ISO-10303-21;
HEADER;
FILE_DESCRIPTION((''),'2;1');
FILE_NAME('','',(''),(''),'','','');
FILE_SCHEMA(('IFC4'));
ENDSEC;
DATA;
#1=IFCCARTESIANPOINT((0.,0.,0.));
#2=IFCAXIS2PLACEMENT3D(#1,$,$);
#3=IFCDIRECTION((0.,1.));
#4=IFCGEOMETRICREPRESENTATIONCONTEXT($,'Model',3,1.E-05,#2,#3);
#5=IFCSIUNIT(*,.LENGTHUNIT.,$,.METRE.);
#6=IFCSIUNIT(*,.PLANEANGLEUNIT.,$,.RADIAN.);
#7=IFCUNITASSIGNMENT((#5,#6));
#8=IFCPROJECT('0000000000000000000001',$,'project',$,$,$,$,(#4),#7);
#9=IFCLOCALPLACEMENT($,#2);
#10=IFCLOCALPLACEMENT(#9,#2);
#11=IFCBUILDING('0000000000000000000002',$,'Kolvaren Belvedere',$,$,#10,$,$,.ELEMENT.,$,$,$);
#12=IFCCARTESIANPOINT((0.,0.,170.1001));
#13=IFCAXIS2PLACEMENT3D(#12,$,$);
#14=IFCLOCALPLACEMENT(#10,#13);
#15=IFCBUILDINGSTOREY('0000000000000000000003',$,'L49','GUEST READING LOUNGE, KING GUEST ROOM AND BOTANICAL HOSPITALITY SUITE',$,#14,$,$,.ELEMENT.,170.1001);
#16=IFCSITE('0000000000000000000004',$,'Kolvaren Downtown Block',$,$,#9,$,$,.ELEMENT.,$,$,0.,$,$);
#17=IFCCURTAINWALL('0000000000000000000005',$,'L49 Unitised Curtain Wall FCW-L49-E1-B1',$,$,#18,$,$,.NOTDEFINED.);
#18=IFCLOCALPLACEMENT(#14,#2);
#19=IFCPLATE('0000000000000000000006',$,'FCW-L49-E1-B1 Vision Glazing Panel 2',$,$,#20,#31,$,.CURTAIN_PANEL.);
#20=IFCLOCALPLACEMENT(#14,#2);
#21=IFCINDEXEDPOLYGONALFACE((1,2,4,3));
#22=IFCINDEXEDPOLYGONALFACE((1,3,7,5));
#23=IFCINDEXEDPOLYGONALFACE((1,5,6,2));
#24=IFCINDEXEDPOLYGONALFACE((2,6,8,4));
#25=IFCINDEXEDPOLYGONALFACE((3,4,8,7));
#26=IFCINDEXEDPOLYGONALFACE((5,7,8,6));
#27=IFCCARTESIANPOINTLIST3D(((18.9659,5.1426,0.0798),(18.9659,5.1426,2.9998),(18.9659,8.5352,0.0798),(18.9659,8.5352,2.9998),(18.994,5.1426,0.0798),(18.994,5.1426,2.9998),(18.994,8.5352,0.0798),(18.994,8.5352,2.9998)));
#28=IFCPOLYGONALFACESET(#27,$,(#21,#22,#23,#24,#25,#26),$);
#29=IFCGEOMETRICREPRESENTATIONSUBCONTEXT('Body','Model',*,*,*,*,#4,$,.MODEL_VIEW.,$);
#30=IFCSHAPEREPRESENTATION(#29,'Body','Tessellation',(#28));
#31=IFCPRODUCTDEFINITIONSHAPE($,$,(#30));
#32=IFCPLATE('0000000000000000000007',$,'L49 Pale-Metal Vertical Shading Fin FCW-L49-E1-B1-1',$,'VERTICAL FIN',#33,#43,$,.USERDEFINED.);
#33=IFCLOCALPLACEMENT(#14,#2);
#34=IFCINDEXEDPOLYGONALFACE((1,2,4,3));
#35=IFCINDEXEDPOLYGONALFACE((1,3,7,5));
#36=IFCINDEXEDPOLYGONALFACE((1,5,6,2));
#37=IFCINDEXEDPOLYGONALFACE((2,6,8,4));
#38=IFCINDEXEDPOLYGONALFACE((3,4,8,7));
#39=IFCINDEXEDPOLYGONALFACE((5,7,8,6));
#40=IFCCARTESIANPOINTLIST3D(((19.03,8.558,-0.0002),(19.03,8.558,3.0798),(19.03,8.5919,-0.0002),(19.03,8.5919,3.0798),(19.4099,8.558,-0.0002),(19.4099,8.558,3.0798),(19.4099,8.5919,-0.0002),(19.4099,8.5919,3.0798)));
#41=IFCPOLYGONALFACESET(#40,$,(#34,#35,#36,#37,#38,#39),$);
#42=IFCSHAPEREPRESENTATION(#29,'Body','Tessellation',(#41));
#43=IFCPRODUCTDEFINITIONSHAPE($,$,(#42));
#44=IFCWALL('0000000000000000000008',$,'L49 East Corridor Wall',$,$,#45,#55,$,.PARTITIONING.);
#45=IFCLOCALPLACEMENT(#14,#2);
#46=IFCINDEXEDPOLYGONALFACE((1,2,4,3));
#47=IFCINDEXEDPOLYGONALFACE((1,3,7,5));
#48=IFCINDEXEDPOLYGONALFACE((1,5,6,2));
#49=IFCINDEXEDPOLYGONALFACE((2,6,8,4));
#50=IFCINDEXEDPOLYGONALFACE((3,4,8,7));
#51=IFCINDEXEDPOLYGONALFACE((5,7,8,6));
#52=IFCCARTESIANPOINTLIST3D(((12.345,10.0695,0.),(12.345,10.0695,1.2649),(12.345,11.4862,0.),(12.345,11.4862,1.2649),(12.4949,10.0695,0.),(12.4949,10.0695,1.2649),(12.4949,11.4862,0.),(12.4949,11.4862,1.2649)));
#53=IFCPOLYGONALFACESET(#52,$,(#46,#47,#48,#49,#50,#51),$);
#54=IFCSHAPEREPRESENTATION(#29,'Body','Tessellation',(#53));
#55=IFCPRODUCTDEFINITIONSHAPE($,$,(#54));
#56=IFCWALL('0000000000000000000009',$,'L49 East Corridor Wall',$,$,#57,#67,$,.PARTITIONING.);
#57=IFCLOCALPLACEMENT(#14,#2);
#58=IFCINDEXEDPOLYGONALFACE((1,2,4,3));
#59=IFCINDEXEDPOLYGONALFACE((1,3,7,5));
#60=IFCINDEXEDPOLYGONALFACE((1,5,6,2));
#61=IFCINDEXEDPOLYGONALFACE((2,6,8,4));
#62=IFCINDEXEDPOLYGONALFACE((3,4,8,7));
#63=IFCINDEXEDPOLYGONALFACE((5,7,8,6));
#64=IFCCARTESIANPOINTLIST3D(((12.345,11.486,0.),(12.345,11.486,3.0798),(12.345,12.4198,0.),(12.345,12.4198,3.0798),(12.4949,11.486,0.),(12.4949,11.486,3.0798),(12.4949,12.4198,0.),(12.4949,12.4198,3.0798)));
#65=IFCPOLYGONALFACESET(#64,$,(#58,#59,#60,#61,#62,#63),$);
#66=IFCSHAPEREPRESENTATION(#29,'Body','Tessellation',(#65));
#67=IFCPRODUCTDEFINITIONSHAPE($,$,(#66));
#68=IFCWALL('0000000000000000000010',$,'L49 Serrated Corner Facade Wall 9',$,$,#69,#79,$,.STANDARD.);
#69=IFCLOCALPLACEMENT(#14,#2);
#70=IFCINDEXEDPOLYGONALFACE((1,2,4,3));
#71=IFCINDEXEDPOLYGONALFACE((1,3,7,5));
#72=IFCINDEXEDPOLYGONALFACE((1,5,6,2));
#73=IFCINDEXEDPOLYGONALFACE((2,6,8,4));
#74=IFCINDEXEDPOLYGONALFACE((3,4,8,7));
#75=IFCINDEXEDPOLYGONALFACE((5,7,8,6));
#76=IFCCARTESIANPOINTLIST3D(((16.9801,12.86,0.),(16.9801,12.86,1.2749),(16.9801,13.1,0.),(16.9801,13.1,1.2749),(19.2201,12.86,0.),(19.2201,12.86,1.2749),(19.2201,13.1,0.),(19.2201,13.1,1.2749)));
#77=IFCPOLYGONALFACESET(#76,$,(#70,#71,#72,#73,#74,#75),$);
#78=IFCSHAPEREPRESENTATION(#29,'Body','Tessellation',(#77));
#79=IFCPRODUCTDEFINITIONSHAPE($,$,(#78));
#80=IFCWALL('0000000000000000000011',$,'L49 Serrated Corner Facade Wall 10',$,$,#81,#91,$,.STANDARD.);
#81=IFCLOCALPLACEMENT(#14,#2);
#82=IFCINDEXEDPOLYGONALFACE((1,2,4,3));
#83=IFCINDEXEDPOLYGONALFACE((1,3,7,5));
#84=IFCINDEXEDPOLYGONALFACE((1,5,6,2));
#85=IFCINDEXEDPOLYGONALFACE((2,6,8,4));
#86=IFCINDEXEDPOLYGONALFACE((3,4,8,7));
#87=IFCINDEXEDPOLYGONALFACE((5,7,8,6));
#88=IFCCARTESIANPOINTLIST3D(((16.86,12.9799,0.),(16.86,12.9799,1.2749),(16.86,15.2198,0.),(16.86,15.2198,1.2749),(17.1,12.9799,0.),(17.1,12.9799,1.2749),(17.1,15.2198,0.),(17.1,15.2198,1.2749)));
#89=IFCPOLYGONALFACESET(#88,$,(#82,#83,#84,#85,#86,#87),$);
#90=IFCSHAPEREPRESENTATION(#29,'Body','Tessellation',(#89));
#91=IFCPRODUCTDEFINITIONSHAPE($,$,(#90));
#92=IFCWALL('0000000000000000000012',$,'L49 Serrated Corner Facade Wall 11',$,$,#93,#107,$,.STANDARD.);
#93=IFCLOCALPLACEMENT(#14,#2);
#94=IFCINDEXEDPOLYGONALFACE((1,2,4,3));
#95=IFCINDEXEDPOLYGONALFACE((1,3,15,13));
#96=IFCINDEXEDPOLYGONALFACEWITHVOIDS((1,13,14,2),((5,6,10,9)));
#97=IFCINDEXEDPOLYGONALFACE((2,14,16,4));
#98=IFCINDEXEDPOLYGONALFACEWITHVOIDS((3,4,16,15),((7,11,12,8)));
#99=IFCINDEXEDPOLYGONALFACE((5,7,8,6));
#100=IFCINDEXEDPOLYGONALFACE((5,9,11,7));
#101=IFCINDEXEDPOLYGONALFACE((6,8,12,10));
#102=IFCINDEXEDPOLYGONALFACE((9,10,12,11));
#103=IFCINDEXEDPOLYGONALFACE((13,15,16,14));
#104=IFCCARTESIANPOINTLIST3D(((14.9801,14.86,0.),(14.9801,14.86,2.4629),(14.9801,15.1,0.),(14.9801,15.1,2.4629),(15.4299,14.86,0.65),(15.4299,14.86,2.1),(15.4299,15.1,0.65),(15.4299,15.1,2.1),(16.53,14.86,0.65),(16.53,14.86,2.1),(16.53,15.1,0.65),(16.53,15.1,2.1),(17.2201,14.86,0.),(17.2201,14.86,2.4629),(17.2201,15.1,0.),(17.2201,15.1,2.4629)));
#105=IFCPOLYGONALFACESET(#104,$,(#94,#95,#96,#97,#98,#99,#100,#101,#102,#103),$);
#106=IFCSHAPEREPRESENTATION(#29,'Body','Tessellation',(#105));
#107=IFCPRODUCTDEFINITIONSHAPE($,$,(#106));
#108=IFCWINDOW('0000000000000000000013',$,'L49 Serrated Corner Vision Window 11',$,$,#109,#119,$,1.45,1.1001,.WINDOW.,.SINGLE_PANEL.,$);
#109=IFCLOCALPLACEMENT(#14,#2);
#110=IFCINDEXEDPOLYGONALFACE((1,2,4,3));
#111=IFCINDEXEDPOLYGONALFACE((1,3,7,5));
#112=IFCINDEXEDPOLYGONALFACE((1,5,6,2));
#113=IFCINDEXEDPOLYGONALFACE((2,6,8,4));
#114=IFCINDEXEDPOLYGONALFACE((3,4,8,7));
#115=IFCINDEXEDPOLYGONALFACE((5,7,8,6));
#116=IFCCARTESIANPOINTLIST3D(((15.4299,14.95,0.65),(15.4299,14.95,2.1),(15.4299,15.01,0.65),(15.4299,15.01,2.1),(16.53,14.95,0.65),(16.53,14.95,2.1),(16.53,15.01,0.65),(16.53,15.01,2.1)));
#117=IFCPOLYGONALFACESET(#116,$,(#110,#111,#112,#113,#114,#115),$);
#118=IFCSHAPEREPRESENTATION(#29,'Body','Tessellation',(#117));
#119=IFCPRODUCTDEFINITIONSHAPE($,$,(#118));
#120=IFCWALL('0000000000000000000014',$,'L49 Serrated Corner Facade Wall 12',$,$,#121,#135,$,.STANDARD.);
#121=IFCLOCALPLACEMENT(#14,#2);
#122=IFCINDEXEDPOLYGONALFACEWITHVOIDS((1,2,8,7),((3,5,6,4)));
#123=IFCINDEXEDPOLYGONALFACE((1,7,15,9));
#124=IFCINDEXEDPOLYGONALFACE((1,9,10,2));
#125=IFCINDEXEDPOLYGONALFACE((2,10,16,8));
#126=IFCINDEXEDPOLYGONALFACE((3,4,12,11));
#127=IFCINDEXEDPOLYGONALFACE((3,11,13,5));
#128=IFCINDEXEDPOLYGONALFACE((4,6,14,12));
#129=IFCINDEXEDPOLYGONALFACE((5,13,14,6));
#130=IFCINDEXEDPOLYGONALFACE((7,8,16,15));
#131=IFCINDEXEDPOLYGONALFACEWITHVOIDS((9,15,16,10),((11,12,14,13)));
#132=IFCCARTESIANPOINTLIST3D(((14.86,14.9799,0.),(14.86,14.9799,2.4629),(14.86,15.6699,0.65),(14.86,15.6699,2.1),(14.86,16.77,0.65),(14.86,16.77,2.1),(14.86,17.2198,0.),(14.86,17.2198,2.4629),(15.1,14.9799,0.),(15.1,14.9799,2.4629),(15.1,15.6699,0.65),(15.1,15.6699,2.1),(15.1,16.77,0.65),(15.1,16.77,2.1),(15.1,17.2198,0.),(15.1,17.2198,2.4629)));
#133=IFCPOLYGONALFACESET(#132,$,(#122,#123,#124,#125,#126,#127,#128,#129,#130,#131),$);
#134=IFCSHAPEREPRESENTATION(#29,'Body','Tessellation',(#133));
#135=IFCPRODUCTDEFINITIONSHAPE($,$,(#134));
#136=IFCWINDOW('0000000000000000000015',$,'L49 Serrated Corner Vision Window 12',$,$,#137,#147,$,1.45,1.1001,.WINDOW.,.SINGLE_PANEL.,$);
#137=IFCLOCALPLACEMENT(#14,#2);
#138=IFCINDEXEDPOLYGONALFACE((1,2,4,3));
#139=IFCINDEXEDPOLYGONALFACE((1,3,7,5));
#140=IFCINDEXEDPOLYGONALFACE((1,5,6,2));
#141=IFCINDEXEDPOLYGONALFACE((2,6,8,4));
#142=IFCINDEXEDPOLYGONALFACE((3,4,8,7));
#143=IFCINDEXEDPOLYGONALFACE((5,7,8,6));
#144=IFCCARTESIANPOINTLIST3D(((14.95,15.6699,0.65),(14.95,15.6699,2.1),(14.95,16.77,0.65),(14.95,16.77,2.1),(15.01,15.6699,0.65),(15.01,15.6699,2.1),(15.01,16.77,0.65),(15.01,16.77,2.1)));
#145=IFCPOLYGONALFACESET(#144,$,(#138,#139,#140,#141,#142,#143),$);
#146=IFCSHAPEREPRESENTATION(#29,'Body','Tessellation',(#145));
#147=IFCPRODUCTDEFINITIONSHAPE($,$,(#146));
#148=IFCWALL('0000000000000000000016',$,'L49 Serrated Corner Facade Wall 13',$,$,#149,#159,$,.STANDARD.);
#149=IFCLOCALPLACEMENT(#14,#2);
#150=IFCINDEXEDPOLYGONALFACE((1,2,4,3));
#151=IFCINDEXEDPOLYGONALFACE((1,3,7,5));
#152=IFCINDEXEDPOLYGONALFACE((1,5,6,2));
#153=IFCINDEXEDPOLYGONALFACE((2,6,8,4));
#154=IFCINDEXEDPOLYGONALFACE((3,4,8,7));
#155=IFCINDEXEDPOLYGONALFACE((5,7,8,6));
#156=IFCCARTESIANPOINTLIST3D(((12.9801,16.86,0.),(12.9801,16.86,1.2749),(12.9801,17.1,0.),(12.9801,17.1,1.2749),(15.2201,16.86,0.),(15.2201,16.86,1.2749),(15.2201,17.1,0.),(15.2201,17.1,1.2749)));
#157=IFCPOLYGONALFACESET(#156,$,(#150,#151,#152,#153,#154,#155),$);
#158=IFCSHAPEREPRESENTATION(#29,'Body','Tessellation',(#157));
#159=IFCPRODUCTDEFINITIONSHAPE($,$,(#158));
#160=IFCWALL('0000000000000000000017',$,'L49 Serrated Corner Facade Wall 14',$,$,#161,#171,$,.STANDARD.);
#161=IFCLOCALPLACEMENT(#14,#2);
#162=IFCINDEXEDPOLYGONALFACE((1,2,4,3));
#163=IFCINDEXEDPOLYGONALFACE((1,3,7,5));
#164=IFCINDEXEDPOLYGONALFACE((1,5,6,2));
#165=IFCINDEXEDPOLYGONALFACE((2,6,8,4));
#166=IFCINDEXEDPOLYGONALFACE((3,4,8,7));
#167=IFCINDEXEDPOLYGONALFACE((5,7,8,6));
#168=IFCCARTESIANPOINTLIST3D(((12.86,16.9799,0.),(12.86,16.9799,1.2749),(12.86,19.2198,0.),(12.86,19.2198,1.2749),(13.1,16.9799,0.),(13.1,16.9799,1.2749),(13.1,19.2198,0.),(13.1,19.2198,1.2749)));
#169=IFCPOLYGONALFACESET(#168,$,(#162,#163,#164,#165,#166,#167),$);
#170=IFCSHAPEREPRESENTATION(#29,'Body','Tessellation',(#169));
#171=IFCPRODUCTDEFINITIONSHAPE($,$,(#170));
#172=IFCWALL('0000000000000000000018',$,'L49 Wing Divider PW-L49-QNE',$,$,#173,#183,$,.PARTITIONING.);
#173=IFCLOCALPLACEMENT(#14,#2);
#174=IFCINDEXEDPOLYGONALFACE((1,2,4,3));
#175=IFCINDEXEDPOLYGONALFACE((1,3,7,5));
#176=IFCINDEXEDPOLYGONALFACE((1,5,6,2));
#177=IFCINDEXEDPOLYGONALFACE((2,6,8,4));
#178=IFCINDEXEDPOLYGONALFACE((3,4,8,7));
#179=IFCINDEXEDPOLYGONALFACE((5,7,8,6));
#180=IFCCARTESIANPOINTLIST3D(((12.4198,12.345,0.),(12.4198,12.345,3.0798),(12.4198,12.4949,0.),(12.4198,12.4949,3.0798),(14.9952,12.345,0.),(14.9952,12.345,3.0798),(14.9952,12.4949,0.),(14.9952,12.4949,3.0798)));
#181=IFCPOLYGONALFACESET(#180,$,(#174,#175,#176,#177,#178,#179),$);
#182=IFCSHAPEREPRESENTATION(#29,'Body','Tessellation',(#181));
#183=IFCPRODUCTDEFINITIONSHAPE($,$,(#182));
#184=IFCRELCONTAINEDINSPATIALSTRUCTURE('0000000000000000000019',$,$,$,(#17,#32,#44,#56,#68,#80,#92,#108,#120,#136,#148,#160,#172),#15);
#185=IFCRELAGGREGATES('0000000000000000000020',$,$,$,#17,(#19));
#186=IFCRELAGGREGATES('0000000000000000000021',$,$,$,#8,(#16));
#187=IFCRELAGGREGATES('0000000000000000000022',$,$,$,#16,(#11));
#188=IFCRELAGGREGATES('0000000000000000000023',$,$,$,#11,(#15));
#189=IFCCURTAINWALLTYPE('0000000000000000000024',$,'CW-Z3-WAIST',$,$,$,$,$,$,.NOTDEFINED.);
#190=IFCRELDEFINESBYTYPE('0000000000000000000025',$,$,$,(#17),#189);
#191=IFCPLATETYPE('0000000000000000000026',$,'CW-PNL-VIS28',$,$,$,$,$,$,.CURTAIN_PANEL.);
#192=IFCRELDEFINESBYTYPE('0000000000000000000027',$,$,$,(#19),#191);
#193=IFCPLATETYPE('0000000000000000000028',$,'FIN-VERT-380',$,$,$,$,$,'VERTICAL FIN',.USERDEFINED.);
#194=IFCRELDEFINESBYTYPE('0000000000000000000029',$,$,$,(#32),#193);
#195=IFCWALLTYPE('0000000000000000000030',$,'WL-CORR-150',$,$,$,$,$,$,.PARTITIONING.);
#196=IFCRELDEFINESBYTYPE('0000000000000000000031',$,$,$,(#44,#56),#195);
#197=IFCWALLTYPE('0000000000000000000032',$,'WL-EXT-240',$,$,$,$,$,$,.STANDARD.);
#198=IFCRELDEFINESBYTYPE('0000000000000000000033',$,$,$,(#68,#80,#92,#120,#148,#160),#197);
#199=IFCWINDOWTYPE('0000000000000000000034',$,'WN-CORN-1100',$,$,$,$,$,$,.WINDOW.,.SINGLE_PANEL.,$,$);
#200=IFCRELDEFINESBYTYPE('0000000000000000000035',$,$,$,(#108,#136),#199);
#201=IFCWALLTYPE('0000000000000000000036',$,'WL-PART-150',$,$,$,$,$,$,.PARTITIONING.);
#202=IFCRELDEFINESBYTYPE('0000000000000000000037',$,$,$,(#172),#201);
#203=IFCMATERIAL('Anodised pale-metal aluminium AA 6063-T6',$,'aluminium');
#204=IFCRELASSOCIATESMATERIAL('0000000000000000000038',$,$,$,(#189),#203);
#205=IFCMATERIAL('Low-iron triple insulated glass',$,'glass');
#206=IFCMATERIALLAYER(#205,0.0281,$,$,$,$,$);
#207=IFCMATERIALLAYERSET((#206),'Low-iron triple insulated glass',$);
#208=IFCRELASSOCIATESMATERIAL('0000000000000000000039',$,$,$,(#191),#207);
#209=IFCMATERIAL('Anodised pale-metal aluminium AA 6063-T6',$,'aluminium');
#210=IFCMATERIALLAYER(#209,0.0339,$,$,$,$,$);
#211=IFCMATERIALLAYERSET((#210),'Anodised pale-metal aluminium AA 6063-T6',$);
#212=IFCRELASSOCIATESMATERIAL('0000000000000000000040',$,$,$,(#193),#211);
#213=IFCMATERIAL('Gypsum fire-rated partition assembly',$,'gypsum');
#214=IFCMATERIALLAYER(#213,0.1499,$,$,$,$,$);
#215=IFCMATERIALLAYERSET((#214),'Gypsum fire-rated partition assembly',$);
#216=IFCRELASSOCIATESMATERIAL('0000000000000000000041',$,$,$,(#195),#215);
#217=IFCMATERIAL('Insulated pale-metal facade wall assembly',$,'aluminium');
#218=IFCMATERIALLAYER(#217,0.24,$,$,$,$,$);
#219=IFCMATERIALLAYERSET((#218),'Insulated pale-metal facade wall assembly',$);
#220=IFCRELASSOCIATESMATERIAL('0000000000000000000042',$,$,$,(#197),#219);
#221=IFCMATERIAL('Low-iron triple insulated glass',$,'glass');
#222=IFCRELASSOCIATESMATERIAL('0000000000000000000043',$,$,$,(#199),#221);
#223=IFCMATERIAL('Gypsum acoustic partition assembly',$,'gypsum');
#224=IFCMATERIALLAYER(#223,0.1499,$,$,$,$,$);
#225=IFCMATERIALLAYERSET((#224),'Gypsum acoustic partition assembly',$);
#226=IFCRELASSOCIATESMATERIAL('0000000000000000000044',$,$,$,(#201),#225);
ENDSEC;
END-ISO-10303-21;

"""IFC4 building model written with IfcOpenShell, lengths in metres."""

from ifc_helpers import new_model, si_unit, direction, frame, frame_2d, origin, origin_2d, place, context, subcontext, project, spatial, rectangle, extrude, material, layer, layer_set, type_object, element, fill, aggregate, save


model = new_model("IFC4")

# Units and contexts
model_context = context("Model", 3, precision=1e-05, world=origin(), true_north=direction((0.0, 1.0)))
body_context = subcontext(model_context, "Body", "Model", "MODEL_VIEW")
ifc_project = project(units=[si_unit("LENGTHUNIT", "METRE"), si_unit("PLANEANGLEUNIT", "RADIAN")], contexts=[model_context])

# Site, building, storey
site_placement = place(None, origin())
site = spatial("IfcSite", under=ifc_project, at=site_placement, Name="Kolvaren Downtown Block", CompositionType="ELEMENT", RefElevation=0.0)
building_placement = place(site_placement, origin())
building = spatial("IfcBuilding", under=site, at=building_placement, Name="Kolvaren Belvedere", CompositionType="ELEMENT")
storey_placement = place(building_placement, frame((0.0, 0.0, 170.1001)))
storey = spatial("IfcBuildingStorey", under=building, at=storey_placement, Name="L49", Description="GUEST READING LOUNGE, KING GUEST ROOM AND BOTANICAL HOSPITALITY SUITE", CompositionType="ELEMENT", Elevation=170.1001)

# Curtain wall, plate
ifc_material_1 = material(Name="Anodised pale-metal aluminium AA 6063-T6", Category="aluminium")
curtain_wall_type = type_object("IfcCurtainWallType", Name="CW-Z3-WAIST", PredefinedType="NOTDEFINED", material=ifc_material_1)
curtain_wall_placement = place(storey_placement, origin())
curtain_wall = element("IfcCurtainWall", 1, at=curtain_wall_placement, inside=storey, type_object=curtain_wall_type, Name="L49 Unitised Curtain Wall FCW-L49-E1-B1", PredefinedType="NOTDEFINED")
ifc_material_2 = material(Name="Low-iron triple insulated glass", Category="glass")
ifc_layer_1 = layer(ifc_material_2, 0.0281)
ifc_layer_set_1 = layer_set([ifc_layer_1], Name="Low-iron triple insulated glass")
plate_type_1 = type_object("IfcPlateType", Name="CW-PNL-VIS28", PredefinedType="CURTAIN_PANEL", material=ifc_layer_set_1)
plate_1_placement = place(storey_placement, frame((18.98, 6.8389, 0.0798), z_axis=(0.0, 0.0, 1.0), x_axis=(0.0, -1.0, 0.0)))
plate_1 = element("IfcPlate", 2, at=plate_1_placement, type_object=plate_type_1, Name="FCW-L49-E1-B1 Vision Glazing Panel 2", PredefinedType="CURTAIN_PANEL", context=body_context, shape_type="SweptSolid", body=[
    extrude(rectangle(XDim=3.3926, YDim=0.0281, at=origin_2d()), origin(), (0.0, 0.0, 1.0), 2.9199),
])
aggregate(curtain_wall, [plate_1])

# Plate
ifc_material_3 = material(Name="Anodised pale-metal aluminium AA 6063-T6", Category="aluminium")
ifc_layer_2 = layer(ifc_material_3, 0.0339)
ifc_layer_set_2 = layer_set([ifc_layer_2], Name="Anodised pale-metal aluminium AA 6063-T6")
plate_type_2 = type_object("IfcPlateType", Name="FIN-VERT-380", ElementType="VERTICAL FIN", PredefinedType="USERDEFINED", material=ifc_layer_set_2)
plate_2_placement = place(storey_placement, frame((19.22, 8.575, -0.0002), z_axis=(0.0, 0.0, 1.0), x_axis=(1.0, 0.0, 0.0)))
element("IfcPlate", 3, at=plate_2_placement, inside=storey, type_object=plate_type_2, Name="L49 Pale-Metal Vertical Shading Fin FCW-L49-E1-B1-1", ObjectType="VERTICAL FIN", PredefinedType="USERDEFINED", context=body_context, shape_type="SweptSolid", body=[
    extrude(rectangle(XDim=0.3799, YDim=0.0339, at=origin_2d()), origin(), (0.0, 0.0, 1.0), 3.0801),
])

# Walls
ifc_material_4 = material(Name="Gypsum fire-rated partition assembly", Category="gypsum")
ifc_layer_3 = layer(ifc_material_4, 0.1499)
ifc_layer_set_3 = layer_set([ifc_layer_3], Name="Gypsum fire-rated partition assembly")
wall_type_1 = type_object("IfcWallType", Name="WL-CORR-150", PredefinedType="PARTITIONING", material=ifc_layer_set_3)
wall_1_placement = place(storey_placement, frame((12.4199, 10.0693, 0.0), z_axis=(0.0, 0.0, 1.0), x_axis=(0.0, 1.0, 0.0)))
element("IfcWall", 4, at=wall_1_placement, inside=storey, type_object=wall_type_1, Name="L49 East Corridor Wall", PredefinedType="PARTITIONING", context=body_context, shape_type="SweptSolid", body=[
    extrude(rectangle(XDim=1.4167, YDim=0.1499, at=frame_2d((0.7085, 0.0))), origin(), (0.0, 0.0, 1.0), 1.2649),
])
wall_2_placement = place(storey_placement, frame((12.4199, 11.4861, 0.0), z_axis=(0.0, 0.0, 1.0), x_axis=(0.0, 1.0, 0.0)))
element("IfcWall", 5, at=wall_2_placement, inside=storey, type_object=wall_type_1, Name="L49 East Corridor Wall", PredefinedType="PARTITIONING", context=body_context, shape_type="SweptSolid", body=[
    extrude(rectangle(XDim=0.9338, YDim=0.1499, at=frame_2d((0.4668, 0.0))), origin(), (0.0, 0.0, 1.0), 3.0798),
])
ifc_material_5 = material(Name="Insulated pale-metal facade wall assembly", Category="aluminium")
ifc_layer_4 = layer(ifc_material_5, 0.24)
ifc_layer_set_4 = layer_set([ifc_layer_4], Name="Insulated pale-metal facade wall assembly")
wall_type_2 = type_object("IfcWallType", Name="WL-EXT-240", PredefinedType="STANDARD", material=ifc_layer_set_4)
for number, where, z_axis, x_axis, name in (
    (6, (16.98, 12.98, 0.0), (0.0, 0.0, 1.0), (1.0, 0.0, 0.0), "L49 Serrated Corner Facade Wall 9"),
    (7, (16.98, 15.22, 0.0), (0.0, 0.0, 1.0), (0.0, -1.0, 0.0), "L49 Serrated Corner Facade Wall 10"),
):
    element("IfcWall", number, at=place(storey_placement, frame(where, z_axis=z_axis, x_axis=x_axis)), inside=storey, type_object=wall_type_2, Name=name, PredefinedType="STANDARD", context=body_context, shape_type="SweptSolid", body=[
        extrude(rectangle(XDim=2.24, YDim=0.24, at=frame_2d((1.1201, 0.0))), origin(), (0.0, 0.0, 1.0), 1.2749),
    ])

# Walls, openings, windows
wall_3_placement = place(storey_placement, frame((14.98, 14.98, 0.0), z_axis=(0.0, 0.0, 1.0), x_axis=(1.0, 0.0, 0.0)))
wall_3 = element("IfcWall", 8, at=wall_3_placement, inside=storey, type_object=wall_type_2, Name="L49 Serrated Corner Facade Wall 11", PredefinedType="STANDARD", context=body_context, shape_type="SweptSolid", body=[
    extrude(rectangle(XDim=2.24, YDim=0.24, at=frame_2d((1.1201, 0.0))), origin(), (0.0, 0.0, 1.0), 2.4629),
])
opening_1_placement = place(wall_3_placement, frame((0.45, 0.0, 0.6499)))
opening_1 = element("IfcOpeningElement", 9, at=opening_1_placement, cuts=wall_3, PredefinedType="OPENING", context=body_context, shape_type="SweptSolid", body=[
    extrude(rectangle(XDim=1.1001, YDim=1.45, at=frame_2d((0.55, 0.7251))), frame((0.0, 0.1299, 0.0), z_axis=(0.0, -1.0, 0.0), x_axis=(1.0, 0.0, 0.0)), (0.0, 0.0, 1.0), 0.26),
])
ifc_material_6 = material(Name="Low-iron triple insulated glass", Category="glass")
window_type = type_object("IfcWindowType", Name="WN-CORN-1100", PartitioningType="SINGLE_PANEL", PredefinedType="WINDOW", material=ifc_material_6)
window_1_placement = place(opening_1_placement, origin())
window_1 = element("IfcWindow", 10, at=window_1_placement, inside=storey, type_object=window_type, Name="L49 Serrated Corner Vision Window 11", OverallHeight=1.45, OverallWidth=1.1001, PartitioningType="SINGLE_PANEL", PredefinedType="WINDOW", context=body_context, shape_type="SweptSolid", body=[
    extrude(rectangle(XDim=1.1001, YDim=1.45, at=frame_2d((0.55, 0.7251))), frame((0.0, 0.03, 0.0), z_axis=(0.0, -1.0, 0.0), x_axis=(1.0, 0.0, 0.0)), (0.0, 0.0, 1.0), 0.0601),
])
fill(opening_1, window_1)
wall_4_placement = place(storey_placement, frame((14.98, 17.22, 0.0), z_axis=(0.0, 0.0, 1.0), x_axis=(0.0, -1.0, 0.0)))
wall_4 = element("IfcWall", 11, at=wall_4_placement, inside=storey, type_object=wall_type_2, Name="L49 Serrated Corner Facade Wall 12", PredefinedType="STANDARD", context=body_context, shape_type="SweptSolid", body=[
    extrude(rectangle(XDim=2.24, YDim=0.24, at=frame_2d((1.1201, 0.0))), origin(), (0.0, 0.0, 1.0), 2.4629),
])
opening_2_placement = place(wall_4_placement, frame((0.45, 0.0, 0.6499)))
opening_2 = element("IfcOpeningElement", 12, at=opening_2_placement, cuts=wall_4, PredefinedType="OPENING", context=body_context, shape_type="SweptSolid", body=[
    extrude(rectangle(XDim=1.1001, YDim=1.45, at=frame_2d((0.55, 0.7251))), frame((0.0, 0.1299, 0.0), z_axis=(0.0, -1.0, 0.0), x_axis=(1.0, 0.0, 0.0)), (0.0, 0.0, 1.0), 0.26),
])
window_2_placement = place(opening_2_placement, origin())
window_2 = element("IfcWindow", 13, at=window_2_placement, inside=storey, type_object=window_type, Name="L49 Serrated Corner Vision Window 12", OverallHeight=1.45, OverallWidth=1.1001, PartitioningType="SINGLE_PANEL", PredefinedType="WINDOW", context=body_context, shape_type="SweptSolid", body=[
    extrude(rectangle(XDim=1.1001, YDim=1.45, at=frame_2d((0.55, 0.7251))), frame((0.0, 0.03, 0.0), z_axis=(0.0, -1.0, 0.0), x_axis=(1.0, 0.0, 0.0)), (0.0, 0.0, 1.0), 0.0601),
])
fill(opening_2, window_2)

# Walls
for number, where, z_axis, x_axis, name in (
    (14, (12.98, 16.98, 0.0), (0.0, 0.0, 1.0), (1.0, 0.0, 0.0), "L49 Serrated Corner Facade Wall 13"),
    (15, (12.98, 19.22, 0.0), (0.0, 0.0, 1.0), (0.0, -1.0, 0.0), "L49 Serrated Corner Facade Wall 14"),
):
    element("IfcWall", number, at=place(storey_placement, frame(where, z_axis=z_axis, x_axis=x_axis)), inside=storey, type_object=wall_type_2, Name=name, PredefinedType="STANDARD", context=body_context, shape_type="SweptSolid", body=[
        extrude(rectangle(XDim=2.24, YDim=0.24, at=frame_2d((1.1201, 0.0))), origin(), (0.0, 0.0, 1.0), 1.2749),
    ])
ifc_material_7 = material(Name="Gypsum acoustic partition assembly", Category="gypsum")
ifc_layer_5 = layer(ifc_material_7, 0.1499)
ifc_layer_set_5 = layer_set([ifc_layer_5], Name="Gypsum acoustic partition assembly")
wall_type_3 = type_object("IfcWallType", Name="WL-PART-150", PredefinedType="PARTITIONING", material=ifc_layer_set_5)
wall_5_placement = place(storey_placement, frame((12.4199, 12.4199, 0.0), z_axis=(0.0, 0.0, 1.0), x_axis=(1.0, 0.0, 0.0)))
element("IfcWall", 16, at=wall_5_placement, inside=storey, type_object=wall_type_3, Name="L49 Wing Divider PW-L49-QNE", PredefinedType="PARTITIONING", context=body_context, shape_type="SweptSolid", body=[
    extrude(rectangle(XDim=2.5754, YDim=0.1499, at=frame_2d((1.2876, 0.0))), origin(), (0.0, 0.0, 1.0), 3.0798),
])

save(model, "model.ifc")
